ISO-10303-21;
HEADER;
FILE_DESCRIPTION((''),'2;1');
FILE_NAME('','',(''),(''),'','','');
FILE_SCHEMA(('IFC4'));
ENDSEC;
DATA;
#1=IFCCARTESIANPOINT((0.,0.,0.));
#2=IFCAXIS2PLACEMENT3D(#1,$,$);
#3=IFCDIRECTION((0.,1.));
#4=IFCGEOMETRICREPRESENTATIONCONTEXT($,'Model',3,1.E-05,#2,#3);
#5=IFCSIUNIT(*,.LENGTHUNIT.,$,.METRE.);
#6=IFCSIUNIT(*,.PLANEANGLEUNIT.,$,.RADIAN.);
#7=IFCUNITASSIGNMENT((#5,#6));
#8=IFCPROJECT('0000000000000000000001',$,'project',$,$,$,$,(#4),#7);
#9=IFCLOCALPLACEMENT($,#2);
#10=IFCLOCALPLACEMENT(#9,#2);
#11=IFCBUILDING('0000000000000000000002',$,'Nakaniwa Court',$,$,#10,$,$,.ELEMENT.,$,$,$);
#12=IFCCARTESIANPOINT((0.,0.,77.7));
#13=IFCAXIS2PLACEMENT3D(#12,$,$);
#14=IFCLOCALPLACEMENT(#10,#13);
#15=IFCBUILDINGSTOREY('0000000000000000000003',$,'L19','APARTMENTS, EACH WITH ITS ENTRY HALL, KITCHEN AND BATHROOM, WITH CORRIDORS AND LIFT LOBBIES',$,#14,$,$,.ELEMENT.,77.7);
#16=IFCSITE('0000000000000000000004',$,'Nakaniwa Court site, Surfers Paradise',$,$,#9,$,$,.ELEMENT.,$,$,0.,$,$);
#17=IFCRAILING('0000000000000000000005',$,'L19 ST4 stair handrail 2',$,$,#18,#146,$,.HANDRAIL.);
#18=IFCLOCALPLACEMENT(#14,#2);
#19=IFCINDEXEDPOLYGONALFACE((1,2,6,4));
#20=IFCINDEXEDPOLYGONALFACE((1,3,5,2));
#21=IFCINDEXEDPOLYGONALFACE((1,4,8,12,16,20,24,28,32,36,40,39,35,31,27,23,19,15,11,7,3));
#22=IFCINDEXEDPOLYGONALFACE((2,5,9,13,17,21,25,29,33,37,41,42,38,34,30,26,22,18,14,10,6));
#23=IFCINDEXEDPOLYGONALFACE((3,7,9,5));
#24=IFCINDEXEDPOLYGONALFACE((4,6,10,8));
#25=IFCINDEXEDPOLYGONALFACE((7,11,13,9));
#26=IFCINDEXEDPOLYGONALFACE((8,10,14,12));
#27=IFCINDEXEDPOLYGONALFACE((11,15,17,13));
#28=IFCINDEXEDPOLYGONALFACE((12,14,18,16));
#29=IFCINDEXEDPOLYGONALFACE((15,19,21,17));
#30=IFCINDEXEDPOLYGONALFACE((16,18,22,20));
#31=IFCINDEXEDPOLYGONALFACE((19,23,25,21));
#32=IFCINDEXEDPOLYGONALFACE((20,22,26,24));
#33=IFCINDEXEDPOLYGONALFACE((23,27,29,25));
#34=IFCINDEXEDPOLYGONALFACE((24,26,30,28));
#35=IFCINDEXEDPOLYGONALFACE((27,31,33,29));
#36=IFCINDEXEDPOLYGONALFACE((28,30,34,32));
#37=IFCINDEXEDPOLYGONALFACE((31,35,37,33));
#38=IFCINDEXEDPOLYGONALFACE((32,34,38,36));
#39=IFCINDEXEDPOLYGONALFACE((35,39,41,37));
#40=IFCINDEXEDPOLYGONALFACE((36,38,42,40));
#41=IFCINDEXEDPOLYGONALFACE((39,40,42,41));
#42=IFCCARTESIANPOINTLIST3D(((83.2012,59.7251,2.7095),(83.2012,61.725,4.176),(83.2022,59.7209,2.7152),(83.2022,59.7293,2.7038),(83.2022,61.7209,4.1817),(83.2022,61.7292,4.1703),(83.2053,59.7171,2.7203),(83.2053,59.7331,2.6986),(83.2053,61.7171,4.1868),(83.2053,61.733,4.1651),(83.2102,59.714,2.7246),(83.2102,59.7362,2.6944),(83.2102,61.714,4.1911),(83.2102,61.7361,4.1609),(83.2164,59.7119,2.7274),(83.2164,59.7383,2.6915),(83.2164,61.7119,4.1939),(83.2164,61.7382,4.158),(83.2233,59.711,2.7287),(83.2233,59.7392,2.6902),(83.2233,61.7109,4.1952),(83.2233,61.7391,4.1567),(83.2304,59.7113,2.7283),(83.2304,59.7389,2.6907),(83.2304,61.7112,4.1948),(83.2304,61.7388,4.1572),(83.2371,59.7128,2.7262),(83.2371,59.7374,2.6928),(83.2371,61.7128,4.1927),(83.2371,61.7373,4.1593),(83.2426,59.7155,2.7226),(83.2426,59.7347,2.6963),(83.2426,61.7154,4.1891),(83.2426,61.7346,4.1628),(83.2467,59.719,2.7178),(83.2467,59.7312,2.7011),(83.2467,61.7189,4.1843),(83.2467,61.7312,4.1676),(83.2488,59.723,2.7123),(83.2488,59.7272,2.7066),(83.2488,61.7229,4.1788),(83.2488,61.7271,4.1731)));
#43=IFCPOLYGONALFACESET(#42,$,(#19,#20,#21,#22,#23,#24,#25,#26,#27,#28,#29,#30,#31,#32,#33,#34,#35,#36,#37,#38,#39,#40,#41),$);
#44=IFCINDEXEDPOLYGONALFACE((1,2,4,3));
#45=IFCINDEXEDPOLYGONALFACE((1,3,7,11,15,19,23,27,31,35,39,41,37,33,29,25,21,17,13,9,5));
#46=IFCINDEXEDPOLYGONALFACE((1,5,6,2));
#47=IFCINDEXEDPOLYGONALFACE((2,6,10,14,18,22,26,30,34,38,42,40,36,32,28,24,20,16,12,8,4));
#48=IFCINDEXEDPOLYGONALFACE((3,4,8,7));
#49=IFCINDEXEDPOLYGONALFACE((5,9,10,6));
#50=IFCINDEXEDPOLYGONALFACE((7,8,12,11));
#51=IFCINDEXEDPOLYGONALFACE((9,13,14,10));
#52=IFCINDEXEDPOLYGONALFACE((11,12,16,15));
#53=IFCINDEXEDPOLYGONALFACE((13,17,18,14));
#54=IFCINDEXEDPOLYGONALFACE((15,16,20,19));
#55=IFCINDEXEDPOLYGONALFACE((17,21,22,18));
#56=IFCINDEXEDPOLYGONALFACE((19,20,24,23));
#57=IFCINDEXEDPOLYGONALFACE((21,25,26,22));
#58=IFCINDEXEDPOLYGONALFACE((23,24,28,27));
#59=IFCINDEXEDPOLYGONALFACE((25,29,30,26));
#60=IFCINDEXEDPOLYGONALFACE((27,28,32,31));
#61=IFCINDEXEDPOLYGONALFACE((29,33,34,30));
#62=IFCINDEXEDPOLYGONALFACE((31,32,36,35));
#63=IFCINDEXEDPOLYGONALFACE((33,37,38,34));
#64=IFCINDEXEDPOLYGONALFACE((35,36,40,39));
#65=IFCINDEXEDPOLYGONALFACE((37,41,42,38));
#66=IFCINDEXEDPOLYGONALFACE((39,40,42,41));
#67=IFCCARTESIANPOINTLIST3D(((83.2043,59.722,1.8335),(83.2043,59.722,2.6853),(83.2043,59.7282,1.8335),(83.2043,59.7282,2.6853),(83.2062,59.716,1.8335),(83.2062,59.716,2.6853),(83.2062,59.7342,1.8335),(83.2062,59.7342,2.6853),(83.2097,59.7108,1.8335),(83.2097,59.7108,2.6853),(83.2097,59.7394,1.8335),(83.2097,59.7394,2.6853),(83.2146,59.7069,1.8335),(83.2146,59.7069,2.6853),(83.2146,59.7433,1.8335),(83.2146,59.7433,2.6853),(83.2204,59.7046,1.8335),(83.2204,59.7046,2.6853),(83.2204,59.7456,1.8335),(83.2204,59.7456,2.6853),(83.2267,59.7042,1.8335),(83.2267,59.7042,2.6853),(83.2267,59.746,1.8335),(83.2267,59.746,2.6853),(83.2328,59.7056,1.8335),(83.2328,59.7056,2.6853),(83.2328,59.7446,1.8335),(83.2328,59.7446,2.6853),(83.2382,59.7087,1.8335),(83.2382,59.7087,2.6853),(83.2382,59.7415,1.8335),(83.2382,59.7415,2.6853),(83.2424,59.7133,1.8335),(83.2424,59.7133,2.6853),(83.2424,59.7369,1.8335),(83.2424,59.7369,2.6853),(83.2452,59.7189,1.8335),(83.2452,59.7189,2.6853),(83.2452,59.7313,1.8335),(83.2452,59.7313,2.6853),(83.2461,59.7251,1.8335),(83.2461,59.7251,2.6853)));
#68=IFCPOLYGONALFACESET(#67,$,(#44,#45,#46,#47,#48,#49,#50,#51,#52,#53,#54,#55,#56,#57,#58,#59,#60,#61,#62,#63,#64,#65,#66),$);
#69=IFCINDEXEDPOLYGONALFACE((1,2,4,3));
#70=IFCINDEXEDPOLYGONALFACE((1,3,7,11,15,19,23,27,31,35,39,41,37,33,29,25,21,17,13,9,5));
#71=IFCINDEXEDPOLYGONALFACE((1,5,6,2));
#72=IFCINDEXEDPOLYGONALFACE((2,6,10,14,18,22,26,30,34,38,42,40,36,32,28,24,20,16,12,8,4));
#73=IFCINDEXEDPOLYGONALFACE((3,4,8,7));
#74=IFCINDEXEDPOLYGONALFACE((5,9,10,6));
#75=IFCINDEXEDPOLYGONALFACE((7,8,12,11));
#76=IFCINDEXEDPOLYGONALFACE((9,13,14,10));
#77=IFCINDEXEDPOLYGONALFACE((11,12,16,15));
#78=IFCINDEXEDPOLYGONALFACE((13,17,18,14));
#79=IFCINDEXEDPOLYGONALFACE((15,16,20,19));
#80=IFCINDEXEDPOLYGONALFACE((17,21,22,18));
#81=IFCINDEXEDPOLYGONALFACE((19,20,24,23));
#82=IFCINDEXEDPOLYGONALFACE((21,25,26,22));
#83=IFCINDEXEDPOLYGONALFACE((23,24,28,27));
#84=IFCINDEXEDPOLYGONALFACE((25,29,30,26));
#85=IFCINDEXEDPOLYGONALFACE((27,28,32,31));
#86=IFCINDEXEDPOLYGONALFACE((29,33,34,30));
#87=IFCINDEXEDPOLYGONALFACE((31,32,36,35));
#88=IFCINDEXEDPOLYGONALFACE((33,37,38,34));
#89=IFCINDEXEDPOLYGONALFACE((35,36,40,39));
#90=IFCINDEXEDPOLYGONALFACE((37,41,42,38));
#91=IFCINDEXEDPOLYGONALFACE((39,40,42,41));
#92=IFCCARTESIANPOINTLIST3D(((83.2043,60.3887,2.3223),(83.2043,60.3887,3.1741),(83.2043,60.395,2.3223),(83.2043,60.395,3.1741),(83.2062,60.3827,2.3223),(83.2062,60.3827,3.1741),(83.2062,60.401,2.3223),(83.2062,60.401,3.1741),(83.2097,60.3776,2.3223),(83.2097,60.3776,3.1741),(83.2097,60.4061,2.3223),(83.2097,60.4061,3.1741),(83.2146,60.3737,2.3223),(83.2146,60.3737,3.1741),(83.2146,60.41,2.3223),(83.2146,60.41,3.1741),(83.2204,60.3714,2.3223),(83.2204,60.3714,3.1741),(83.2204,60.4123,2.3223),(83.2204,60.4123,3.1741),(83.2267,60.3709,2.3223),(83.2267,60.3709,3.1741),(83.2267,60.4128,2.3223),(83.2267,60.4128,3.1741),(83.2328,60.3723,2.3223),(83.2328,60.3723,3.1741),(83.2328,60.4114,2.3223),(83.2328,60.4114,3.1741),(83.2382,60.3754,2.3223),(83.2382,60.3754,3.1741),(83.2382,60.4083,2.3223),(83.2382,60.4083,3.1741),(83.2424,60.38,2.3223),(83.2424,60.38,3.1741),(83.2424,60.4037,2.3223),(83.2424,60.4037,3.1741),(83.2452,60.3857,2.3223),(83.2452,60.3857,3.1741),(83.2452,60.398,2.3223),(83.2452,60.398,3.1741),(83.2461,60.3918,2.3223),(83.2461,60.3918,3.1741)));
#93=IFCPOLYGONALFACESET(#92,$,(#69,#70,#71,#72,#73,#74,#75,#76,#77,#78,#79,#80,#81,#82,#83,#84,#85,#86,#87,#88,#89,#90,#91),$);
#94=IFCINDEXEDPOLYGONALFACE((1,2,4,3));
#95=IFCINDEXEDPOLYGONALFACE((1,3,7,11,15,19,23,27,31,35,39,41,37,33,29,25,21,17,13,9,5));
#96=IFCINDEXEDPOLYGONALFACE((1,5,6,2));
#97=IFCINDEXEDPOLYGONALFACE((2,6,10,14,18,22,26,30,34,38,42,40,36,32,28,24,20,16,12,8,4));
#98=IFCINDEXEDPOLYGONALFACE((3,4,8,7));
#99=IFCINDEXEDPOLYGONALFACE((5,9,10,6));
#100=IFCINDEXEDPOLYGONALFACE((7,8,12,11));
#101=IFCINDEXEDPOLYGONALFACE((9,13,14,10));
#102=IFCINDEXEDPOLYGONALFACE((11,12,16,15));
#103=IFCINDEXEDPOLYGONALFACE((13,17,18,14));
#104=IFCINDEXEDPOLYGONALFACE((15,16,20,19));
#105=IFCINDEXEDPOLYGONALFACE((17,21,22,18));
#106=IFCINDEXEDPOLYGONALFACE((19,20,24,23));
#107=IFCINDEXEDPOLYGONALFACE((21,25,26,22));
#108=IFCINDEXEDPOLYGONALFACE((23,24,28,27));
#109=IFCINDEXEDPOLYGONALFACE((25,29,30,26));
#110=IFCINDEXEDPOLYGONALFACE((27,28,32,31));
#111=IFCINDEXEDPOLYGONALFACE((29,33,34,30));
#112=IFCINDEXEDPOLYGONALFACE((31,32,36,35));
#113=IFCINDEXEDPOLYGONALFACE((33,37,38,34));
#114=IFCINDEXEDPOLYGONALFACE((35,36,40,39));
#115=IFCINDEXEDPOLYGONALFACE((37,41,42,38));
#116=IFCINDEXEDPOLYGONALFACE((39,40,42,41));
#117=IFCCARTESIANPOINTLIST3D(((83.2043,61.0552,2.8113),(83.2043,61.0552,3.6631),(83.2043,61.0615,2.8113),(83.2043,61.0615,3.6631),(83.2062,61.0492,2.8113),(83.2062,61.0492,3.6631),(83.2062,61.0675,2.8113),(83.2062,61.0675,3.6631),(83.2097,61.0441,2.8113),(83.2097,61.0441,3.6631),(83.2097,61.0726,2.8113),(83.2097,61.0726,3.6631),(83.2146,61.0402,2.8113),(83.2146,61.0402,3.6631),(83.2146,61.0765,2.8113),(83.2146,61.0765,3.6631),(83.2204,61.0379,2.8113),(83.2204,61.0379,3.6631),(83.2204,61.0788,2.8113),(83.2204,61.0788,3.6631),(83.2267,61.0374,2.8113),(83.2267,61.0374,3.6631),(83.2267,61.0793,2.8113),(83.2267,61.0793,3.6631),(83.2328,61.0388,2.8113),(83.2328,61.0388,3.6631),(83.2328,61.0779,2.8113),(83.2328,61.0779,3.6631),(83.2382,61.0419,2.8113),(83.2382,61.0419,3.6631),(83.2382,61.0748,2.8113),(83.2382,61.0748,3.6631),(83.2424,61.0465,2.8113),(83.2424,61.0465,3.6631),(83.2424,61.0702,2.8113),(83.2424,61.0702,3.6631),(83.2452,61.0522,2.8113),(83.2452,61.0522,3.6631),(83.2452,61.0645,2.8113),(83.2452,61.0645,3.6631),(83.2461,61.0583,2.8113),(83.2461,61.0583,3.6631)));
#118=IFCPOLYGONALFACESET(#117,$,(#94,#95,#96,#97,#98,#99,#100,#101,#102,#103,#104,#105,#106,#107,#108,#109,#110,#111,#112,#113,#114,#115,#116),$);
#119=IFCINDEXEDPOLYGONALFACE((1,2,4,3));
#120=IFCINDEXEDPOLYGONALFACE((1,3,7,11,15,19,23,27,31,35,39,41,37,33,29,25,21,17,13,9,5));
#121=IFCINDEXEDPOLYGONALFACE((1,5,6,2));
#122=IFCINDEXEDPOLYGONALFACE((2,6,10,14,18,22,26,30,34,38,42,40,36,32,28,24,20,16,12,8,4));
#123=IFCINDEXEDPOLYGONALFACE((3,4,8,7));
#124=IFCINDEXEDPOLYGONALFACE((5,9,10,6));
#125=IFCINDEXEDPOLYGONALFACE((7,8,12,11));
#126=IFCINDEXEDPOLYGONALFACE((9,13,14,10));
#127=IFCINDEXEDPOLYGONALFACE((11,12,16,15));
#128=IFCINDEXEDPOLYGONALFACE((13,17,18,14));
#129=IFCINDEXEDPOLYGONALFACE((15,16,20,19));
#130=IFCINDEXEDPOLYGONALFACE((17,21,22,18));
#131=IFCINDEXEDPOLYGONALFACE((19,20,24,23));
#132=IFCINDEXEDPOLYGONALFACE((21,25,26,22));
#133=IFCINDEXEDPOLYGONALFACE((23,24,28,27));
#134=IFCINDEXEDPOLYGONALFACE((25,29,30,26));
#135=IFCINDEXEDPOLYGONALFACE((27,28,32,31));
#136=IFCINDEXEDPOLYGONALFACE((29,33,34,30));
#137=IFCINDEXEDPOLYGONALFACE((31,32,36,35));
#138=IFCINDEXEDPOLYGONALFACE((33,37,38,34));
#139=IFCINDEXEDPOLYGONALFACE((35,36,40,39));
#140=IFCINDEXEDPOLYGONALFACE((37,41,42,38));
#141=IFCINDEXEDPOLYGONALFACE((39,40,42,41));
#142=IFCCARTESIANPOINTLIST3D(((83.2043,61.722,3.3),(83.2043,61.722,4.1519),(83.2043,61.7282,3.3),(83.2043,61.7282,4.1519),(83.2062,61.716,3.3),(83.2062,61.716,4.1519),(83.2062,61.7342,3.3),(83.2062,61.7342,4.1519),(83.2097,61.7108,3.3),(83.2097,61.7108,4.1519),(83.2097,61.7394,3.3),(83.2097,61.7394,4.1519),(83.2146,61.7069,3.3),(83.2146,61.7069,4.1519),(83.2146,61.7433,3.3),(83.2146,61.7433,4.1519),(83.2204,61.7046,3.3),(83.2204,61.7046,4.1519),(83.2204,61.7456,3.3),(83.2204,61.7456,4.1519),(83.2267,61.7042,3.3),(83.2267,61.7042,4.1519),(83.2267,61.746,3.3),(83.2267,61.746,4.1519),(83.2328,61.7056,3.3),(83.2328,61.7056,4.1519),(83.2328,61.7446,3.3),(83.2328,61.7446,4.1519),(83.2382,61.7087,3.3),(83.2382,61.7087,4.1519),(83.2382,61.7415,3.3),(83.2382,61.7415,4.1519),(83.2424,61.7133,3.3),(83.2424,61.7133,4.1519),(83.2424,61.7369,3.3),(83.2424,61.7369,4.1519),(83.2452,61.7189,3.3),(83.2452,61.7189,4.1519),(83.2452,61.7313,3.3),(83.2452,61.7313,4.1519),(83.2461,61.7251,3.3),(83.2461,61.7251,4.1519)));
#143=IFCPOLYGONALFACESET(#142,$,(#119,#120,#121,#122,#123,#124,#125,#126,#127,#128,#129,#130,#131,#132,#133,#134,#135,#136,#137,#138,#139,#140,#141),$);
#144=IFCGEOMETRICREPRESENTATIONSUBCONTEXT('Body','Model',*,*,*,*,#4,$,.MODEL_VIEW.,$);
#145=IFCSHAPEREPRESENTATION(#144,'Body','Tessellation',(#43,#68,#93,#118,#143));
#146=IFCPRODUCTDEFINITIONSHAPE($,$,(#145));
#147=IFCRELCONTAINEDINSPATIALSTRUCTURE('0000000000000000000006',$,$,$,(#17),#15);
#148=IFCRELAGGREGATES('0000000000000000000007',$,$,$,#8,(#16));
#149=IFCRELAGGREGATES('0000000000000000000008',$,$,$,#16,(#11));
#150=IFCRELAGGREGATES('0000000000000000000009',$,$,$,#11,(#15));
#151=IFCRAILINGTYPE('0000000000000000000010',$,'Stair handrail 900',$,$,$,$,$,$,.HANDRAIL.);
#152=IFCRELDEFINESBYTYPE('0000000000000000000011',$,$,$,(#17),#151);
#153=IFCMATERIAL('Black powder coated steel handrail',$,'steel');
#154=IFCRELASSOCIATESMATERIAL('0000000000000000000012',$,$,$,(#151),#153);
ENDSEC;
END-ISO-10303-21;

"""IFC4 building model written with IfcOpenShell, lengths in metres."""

from ifc_helpers import new_model, si_unit, direction, frame, origin, origin_2d, place, context, subcontext, project, spatial, circle, extrude, material, type_object, element, save


model = new_model("IFC4")

# Units and contexts
model_context = context("Model", 3, precision=1e-05, world=origin(), true_north=direction((0.0, 1.0)))
body_context = subcontext(model_context, "Body", "Model", "MODEL_VIEW")
ifc_project = project(units=[si_unit("LENGTHUNIT", "METRE"), si_unit("PLANEANGLEUNIT", "RADIAN")], contexts=[model_context])

# Site, building, storey
site_placement = place(None, origin())
site = spatial("IfcSite", under=ifc_project, at=site_placement, Name="Nakaniwa Court site, Surfers Paradise", CompositionType="ELEMENT", RefElevation=0.0)
building_placement = place(site_placement, origin())
building = spatial("IfcBuilding", under=site, at=building_placement, Name="Nakaniwa Court", CompositionType="ELEMENT")
storey_placement = place(building_placement, frame((0.0, 0.0, 77.7)))
storey = spatial("IfcBuildingStorey", under=building, at=storey_placement, Name="L19", Description="APARTMENTS, EACH WITH ITS ENTRY HALL, KITCHEN AND BATHROOM, WITH CORRIDORS AND LIFT LOBBIES", CompositionType="ELEMENT", Elevation=77.7)

# Railing
ifc_material_1 = material(Name="Black powder coated steel handrail", Category="steel")
railing_type_1 = type_object("IfcRailingType", Name="Stair handrail 900", PredefinedType="HANDRAIL", material=ifc_material_1)
railing_1_placement = place(storey_placement, frame((83.2251, 59.7251, 1.8335)))
element("IfcRailing", 1, at=railing_1_placement, inside=storey, type_object=railing_type_1, Name="L19 ST4 stair handrail 2", PredefinedType="HANDRAIL", context=body_context, shape_type="SweptSolid", body=[
    extrude(circle(Radius=0.0239, at=origin_2d()), frame((0.0, 0.0, 0.876), z_axis=(0.0, 0.806427, 0.591334), x_axis=(-1.0, 0.0, 0.0)), (0.0, 0.0, 1.0), 2.48),
    extrude(circle(Radius=0.021, at=origin_2d()), origin(), (0.0, 0.0, 1.0), 0.8518),
    extrude(circle(Radius=0.021, at=origin_2d()), frame((0.0, 0.6667, 0.4888)), (0.0, 0.0, 1.0), 0.8518),
    extrude(circle(Radius=0.021, at=origin_2d()), frame((0.0, 1.3333, 0.9778)), (0.0, 0.0, 1.0), 0.8518),
    extrude(circle(Radius=0.021, at=origin_2d()), frame((0.0, 2.0, 1.4666)), (0.0, 0.0, 1.0), 0.8518),
])

save(model, "model.ifc")
